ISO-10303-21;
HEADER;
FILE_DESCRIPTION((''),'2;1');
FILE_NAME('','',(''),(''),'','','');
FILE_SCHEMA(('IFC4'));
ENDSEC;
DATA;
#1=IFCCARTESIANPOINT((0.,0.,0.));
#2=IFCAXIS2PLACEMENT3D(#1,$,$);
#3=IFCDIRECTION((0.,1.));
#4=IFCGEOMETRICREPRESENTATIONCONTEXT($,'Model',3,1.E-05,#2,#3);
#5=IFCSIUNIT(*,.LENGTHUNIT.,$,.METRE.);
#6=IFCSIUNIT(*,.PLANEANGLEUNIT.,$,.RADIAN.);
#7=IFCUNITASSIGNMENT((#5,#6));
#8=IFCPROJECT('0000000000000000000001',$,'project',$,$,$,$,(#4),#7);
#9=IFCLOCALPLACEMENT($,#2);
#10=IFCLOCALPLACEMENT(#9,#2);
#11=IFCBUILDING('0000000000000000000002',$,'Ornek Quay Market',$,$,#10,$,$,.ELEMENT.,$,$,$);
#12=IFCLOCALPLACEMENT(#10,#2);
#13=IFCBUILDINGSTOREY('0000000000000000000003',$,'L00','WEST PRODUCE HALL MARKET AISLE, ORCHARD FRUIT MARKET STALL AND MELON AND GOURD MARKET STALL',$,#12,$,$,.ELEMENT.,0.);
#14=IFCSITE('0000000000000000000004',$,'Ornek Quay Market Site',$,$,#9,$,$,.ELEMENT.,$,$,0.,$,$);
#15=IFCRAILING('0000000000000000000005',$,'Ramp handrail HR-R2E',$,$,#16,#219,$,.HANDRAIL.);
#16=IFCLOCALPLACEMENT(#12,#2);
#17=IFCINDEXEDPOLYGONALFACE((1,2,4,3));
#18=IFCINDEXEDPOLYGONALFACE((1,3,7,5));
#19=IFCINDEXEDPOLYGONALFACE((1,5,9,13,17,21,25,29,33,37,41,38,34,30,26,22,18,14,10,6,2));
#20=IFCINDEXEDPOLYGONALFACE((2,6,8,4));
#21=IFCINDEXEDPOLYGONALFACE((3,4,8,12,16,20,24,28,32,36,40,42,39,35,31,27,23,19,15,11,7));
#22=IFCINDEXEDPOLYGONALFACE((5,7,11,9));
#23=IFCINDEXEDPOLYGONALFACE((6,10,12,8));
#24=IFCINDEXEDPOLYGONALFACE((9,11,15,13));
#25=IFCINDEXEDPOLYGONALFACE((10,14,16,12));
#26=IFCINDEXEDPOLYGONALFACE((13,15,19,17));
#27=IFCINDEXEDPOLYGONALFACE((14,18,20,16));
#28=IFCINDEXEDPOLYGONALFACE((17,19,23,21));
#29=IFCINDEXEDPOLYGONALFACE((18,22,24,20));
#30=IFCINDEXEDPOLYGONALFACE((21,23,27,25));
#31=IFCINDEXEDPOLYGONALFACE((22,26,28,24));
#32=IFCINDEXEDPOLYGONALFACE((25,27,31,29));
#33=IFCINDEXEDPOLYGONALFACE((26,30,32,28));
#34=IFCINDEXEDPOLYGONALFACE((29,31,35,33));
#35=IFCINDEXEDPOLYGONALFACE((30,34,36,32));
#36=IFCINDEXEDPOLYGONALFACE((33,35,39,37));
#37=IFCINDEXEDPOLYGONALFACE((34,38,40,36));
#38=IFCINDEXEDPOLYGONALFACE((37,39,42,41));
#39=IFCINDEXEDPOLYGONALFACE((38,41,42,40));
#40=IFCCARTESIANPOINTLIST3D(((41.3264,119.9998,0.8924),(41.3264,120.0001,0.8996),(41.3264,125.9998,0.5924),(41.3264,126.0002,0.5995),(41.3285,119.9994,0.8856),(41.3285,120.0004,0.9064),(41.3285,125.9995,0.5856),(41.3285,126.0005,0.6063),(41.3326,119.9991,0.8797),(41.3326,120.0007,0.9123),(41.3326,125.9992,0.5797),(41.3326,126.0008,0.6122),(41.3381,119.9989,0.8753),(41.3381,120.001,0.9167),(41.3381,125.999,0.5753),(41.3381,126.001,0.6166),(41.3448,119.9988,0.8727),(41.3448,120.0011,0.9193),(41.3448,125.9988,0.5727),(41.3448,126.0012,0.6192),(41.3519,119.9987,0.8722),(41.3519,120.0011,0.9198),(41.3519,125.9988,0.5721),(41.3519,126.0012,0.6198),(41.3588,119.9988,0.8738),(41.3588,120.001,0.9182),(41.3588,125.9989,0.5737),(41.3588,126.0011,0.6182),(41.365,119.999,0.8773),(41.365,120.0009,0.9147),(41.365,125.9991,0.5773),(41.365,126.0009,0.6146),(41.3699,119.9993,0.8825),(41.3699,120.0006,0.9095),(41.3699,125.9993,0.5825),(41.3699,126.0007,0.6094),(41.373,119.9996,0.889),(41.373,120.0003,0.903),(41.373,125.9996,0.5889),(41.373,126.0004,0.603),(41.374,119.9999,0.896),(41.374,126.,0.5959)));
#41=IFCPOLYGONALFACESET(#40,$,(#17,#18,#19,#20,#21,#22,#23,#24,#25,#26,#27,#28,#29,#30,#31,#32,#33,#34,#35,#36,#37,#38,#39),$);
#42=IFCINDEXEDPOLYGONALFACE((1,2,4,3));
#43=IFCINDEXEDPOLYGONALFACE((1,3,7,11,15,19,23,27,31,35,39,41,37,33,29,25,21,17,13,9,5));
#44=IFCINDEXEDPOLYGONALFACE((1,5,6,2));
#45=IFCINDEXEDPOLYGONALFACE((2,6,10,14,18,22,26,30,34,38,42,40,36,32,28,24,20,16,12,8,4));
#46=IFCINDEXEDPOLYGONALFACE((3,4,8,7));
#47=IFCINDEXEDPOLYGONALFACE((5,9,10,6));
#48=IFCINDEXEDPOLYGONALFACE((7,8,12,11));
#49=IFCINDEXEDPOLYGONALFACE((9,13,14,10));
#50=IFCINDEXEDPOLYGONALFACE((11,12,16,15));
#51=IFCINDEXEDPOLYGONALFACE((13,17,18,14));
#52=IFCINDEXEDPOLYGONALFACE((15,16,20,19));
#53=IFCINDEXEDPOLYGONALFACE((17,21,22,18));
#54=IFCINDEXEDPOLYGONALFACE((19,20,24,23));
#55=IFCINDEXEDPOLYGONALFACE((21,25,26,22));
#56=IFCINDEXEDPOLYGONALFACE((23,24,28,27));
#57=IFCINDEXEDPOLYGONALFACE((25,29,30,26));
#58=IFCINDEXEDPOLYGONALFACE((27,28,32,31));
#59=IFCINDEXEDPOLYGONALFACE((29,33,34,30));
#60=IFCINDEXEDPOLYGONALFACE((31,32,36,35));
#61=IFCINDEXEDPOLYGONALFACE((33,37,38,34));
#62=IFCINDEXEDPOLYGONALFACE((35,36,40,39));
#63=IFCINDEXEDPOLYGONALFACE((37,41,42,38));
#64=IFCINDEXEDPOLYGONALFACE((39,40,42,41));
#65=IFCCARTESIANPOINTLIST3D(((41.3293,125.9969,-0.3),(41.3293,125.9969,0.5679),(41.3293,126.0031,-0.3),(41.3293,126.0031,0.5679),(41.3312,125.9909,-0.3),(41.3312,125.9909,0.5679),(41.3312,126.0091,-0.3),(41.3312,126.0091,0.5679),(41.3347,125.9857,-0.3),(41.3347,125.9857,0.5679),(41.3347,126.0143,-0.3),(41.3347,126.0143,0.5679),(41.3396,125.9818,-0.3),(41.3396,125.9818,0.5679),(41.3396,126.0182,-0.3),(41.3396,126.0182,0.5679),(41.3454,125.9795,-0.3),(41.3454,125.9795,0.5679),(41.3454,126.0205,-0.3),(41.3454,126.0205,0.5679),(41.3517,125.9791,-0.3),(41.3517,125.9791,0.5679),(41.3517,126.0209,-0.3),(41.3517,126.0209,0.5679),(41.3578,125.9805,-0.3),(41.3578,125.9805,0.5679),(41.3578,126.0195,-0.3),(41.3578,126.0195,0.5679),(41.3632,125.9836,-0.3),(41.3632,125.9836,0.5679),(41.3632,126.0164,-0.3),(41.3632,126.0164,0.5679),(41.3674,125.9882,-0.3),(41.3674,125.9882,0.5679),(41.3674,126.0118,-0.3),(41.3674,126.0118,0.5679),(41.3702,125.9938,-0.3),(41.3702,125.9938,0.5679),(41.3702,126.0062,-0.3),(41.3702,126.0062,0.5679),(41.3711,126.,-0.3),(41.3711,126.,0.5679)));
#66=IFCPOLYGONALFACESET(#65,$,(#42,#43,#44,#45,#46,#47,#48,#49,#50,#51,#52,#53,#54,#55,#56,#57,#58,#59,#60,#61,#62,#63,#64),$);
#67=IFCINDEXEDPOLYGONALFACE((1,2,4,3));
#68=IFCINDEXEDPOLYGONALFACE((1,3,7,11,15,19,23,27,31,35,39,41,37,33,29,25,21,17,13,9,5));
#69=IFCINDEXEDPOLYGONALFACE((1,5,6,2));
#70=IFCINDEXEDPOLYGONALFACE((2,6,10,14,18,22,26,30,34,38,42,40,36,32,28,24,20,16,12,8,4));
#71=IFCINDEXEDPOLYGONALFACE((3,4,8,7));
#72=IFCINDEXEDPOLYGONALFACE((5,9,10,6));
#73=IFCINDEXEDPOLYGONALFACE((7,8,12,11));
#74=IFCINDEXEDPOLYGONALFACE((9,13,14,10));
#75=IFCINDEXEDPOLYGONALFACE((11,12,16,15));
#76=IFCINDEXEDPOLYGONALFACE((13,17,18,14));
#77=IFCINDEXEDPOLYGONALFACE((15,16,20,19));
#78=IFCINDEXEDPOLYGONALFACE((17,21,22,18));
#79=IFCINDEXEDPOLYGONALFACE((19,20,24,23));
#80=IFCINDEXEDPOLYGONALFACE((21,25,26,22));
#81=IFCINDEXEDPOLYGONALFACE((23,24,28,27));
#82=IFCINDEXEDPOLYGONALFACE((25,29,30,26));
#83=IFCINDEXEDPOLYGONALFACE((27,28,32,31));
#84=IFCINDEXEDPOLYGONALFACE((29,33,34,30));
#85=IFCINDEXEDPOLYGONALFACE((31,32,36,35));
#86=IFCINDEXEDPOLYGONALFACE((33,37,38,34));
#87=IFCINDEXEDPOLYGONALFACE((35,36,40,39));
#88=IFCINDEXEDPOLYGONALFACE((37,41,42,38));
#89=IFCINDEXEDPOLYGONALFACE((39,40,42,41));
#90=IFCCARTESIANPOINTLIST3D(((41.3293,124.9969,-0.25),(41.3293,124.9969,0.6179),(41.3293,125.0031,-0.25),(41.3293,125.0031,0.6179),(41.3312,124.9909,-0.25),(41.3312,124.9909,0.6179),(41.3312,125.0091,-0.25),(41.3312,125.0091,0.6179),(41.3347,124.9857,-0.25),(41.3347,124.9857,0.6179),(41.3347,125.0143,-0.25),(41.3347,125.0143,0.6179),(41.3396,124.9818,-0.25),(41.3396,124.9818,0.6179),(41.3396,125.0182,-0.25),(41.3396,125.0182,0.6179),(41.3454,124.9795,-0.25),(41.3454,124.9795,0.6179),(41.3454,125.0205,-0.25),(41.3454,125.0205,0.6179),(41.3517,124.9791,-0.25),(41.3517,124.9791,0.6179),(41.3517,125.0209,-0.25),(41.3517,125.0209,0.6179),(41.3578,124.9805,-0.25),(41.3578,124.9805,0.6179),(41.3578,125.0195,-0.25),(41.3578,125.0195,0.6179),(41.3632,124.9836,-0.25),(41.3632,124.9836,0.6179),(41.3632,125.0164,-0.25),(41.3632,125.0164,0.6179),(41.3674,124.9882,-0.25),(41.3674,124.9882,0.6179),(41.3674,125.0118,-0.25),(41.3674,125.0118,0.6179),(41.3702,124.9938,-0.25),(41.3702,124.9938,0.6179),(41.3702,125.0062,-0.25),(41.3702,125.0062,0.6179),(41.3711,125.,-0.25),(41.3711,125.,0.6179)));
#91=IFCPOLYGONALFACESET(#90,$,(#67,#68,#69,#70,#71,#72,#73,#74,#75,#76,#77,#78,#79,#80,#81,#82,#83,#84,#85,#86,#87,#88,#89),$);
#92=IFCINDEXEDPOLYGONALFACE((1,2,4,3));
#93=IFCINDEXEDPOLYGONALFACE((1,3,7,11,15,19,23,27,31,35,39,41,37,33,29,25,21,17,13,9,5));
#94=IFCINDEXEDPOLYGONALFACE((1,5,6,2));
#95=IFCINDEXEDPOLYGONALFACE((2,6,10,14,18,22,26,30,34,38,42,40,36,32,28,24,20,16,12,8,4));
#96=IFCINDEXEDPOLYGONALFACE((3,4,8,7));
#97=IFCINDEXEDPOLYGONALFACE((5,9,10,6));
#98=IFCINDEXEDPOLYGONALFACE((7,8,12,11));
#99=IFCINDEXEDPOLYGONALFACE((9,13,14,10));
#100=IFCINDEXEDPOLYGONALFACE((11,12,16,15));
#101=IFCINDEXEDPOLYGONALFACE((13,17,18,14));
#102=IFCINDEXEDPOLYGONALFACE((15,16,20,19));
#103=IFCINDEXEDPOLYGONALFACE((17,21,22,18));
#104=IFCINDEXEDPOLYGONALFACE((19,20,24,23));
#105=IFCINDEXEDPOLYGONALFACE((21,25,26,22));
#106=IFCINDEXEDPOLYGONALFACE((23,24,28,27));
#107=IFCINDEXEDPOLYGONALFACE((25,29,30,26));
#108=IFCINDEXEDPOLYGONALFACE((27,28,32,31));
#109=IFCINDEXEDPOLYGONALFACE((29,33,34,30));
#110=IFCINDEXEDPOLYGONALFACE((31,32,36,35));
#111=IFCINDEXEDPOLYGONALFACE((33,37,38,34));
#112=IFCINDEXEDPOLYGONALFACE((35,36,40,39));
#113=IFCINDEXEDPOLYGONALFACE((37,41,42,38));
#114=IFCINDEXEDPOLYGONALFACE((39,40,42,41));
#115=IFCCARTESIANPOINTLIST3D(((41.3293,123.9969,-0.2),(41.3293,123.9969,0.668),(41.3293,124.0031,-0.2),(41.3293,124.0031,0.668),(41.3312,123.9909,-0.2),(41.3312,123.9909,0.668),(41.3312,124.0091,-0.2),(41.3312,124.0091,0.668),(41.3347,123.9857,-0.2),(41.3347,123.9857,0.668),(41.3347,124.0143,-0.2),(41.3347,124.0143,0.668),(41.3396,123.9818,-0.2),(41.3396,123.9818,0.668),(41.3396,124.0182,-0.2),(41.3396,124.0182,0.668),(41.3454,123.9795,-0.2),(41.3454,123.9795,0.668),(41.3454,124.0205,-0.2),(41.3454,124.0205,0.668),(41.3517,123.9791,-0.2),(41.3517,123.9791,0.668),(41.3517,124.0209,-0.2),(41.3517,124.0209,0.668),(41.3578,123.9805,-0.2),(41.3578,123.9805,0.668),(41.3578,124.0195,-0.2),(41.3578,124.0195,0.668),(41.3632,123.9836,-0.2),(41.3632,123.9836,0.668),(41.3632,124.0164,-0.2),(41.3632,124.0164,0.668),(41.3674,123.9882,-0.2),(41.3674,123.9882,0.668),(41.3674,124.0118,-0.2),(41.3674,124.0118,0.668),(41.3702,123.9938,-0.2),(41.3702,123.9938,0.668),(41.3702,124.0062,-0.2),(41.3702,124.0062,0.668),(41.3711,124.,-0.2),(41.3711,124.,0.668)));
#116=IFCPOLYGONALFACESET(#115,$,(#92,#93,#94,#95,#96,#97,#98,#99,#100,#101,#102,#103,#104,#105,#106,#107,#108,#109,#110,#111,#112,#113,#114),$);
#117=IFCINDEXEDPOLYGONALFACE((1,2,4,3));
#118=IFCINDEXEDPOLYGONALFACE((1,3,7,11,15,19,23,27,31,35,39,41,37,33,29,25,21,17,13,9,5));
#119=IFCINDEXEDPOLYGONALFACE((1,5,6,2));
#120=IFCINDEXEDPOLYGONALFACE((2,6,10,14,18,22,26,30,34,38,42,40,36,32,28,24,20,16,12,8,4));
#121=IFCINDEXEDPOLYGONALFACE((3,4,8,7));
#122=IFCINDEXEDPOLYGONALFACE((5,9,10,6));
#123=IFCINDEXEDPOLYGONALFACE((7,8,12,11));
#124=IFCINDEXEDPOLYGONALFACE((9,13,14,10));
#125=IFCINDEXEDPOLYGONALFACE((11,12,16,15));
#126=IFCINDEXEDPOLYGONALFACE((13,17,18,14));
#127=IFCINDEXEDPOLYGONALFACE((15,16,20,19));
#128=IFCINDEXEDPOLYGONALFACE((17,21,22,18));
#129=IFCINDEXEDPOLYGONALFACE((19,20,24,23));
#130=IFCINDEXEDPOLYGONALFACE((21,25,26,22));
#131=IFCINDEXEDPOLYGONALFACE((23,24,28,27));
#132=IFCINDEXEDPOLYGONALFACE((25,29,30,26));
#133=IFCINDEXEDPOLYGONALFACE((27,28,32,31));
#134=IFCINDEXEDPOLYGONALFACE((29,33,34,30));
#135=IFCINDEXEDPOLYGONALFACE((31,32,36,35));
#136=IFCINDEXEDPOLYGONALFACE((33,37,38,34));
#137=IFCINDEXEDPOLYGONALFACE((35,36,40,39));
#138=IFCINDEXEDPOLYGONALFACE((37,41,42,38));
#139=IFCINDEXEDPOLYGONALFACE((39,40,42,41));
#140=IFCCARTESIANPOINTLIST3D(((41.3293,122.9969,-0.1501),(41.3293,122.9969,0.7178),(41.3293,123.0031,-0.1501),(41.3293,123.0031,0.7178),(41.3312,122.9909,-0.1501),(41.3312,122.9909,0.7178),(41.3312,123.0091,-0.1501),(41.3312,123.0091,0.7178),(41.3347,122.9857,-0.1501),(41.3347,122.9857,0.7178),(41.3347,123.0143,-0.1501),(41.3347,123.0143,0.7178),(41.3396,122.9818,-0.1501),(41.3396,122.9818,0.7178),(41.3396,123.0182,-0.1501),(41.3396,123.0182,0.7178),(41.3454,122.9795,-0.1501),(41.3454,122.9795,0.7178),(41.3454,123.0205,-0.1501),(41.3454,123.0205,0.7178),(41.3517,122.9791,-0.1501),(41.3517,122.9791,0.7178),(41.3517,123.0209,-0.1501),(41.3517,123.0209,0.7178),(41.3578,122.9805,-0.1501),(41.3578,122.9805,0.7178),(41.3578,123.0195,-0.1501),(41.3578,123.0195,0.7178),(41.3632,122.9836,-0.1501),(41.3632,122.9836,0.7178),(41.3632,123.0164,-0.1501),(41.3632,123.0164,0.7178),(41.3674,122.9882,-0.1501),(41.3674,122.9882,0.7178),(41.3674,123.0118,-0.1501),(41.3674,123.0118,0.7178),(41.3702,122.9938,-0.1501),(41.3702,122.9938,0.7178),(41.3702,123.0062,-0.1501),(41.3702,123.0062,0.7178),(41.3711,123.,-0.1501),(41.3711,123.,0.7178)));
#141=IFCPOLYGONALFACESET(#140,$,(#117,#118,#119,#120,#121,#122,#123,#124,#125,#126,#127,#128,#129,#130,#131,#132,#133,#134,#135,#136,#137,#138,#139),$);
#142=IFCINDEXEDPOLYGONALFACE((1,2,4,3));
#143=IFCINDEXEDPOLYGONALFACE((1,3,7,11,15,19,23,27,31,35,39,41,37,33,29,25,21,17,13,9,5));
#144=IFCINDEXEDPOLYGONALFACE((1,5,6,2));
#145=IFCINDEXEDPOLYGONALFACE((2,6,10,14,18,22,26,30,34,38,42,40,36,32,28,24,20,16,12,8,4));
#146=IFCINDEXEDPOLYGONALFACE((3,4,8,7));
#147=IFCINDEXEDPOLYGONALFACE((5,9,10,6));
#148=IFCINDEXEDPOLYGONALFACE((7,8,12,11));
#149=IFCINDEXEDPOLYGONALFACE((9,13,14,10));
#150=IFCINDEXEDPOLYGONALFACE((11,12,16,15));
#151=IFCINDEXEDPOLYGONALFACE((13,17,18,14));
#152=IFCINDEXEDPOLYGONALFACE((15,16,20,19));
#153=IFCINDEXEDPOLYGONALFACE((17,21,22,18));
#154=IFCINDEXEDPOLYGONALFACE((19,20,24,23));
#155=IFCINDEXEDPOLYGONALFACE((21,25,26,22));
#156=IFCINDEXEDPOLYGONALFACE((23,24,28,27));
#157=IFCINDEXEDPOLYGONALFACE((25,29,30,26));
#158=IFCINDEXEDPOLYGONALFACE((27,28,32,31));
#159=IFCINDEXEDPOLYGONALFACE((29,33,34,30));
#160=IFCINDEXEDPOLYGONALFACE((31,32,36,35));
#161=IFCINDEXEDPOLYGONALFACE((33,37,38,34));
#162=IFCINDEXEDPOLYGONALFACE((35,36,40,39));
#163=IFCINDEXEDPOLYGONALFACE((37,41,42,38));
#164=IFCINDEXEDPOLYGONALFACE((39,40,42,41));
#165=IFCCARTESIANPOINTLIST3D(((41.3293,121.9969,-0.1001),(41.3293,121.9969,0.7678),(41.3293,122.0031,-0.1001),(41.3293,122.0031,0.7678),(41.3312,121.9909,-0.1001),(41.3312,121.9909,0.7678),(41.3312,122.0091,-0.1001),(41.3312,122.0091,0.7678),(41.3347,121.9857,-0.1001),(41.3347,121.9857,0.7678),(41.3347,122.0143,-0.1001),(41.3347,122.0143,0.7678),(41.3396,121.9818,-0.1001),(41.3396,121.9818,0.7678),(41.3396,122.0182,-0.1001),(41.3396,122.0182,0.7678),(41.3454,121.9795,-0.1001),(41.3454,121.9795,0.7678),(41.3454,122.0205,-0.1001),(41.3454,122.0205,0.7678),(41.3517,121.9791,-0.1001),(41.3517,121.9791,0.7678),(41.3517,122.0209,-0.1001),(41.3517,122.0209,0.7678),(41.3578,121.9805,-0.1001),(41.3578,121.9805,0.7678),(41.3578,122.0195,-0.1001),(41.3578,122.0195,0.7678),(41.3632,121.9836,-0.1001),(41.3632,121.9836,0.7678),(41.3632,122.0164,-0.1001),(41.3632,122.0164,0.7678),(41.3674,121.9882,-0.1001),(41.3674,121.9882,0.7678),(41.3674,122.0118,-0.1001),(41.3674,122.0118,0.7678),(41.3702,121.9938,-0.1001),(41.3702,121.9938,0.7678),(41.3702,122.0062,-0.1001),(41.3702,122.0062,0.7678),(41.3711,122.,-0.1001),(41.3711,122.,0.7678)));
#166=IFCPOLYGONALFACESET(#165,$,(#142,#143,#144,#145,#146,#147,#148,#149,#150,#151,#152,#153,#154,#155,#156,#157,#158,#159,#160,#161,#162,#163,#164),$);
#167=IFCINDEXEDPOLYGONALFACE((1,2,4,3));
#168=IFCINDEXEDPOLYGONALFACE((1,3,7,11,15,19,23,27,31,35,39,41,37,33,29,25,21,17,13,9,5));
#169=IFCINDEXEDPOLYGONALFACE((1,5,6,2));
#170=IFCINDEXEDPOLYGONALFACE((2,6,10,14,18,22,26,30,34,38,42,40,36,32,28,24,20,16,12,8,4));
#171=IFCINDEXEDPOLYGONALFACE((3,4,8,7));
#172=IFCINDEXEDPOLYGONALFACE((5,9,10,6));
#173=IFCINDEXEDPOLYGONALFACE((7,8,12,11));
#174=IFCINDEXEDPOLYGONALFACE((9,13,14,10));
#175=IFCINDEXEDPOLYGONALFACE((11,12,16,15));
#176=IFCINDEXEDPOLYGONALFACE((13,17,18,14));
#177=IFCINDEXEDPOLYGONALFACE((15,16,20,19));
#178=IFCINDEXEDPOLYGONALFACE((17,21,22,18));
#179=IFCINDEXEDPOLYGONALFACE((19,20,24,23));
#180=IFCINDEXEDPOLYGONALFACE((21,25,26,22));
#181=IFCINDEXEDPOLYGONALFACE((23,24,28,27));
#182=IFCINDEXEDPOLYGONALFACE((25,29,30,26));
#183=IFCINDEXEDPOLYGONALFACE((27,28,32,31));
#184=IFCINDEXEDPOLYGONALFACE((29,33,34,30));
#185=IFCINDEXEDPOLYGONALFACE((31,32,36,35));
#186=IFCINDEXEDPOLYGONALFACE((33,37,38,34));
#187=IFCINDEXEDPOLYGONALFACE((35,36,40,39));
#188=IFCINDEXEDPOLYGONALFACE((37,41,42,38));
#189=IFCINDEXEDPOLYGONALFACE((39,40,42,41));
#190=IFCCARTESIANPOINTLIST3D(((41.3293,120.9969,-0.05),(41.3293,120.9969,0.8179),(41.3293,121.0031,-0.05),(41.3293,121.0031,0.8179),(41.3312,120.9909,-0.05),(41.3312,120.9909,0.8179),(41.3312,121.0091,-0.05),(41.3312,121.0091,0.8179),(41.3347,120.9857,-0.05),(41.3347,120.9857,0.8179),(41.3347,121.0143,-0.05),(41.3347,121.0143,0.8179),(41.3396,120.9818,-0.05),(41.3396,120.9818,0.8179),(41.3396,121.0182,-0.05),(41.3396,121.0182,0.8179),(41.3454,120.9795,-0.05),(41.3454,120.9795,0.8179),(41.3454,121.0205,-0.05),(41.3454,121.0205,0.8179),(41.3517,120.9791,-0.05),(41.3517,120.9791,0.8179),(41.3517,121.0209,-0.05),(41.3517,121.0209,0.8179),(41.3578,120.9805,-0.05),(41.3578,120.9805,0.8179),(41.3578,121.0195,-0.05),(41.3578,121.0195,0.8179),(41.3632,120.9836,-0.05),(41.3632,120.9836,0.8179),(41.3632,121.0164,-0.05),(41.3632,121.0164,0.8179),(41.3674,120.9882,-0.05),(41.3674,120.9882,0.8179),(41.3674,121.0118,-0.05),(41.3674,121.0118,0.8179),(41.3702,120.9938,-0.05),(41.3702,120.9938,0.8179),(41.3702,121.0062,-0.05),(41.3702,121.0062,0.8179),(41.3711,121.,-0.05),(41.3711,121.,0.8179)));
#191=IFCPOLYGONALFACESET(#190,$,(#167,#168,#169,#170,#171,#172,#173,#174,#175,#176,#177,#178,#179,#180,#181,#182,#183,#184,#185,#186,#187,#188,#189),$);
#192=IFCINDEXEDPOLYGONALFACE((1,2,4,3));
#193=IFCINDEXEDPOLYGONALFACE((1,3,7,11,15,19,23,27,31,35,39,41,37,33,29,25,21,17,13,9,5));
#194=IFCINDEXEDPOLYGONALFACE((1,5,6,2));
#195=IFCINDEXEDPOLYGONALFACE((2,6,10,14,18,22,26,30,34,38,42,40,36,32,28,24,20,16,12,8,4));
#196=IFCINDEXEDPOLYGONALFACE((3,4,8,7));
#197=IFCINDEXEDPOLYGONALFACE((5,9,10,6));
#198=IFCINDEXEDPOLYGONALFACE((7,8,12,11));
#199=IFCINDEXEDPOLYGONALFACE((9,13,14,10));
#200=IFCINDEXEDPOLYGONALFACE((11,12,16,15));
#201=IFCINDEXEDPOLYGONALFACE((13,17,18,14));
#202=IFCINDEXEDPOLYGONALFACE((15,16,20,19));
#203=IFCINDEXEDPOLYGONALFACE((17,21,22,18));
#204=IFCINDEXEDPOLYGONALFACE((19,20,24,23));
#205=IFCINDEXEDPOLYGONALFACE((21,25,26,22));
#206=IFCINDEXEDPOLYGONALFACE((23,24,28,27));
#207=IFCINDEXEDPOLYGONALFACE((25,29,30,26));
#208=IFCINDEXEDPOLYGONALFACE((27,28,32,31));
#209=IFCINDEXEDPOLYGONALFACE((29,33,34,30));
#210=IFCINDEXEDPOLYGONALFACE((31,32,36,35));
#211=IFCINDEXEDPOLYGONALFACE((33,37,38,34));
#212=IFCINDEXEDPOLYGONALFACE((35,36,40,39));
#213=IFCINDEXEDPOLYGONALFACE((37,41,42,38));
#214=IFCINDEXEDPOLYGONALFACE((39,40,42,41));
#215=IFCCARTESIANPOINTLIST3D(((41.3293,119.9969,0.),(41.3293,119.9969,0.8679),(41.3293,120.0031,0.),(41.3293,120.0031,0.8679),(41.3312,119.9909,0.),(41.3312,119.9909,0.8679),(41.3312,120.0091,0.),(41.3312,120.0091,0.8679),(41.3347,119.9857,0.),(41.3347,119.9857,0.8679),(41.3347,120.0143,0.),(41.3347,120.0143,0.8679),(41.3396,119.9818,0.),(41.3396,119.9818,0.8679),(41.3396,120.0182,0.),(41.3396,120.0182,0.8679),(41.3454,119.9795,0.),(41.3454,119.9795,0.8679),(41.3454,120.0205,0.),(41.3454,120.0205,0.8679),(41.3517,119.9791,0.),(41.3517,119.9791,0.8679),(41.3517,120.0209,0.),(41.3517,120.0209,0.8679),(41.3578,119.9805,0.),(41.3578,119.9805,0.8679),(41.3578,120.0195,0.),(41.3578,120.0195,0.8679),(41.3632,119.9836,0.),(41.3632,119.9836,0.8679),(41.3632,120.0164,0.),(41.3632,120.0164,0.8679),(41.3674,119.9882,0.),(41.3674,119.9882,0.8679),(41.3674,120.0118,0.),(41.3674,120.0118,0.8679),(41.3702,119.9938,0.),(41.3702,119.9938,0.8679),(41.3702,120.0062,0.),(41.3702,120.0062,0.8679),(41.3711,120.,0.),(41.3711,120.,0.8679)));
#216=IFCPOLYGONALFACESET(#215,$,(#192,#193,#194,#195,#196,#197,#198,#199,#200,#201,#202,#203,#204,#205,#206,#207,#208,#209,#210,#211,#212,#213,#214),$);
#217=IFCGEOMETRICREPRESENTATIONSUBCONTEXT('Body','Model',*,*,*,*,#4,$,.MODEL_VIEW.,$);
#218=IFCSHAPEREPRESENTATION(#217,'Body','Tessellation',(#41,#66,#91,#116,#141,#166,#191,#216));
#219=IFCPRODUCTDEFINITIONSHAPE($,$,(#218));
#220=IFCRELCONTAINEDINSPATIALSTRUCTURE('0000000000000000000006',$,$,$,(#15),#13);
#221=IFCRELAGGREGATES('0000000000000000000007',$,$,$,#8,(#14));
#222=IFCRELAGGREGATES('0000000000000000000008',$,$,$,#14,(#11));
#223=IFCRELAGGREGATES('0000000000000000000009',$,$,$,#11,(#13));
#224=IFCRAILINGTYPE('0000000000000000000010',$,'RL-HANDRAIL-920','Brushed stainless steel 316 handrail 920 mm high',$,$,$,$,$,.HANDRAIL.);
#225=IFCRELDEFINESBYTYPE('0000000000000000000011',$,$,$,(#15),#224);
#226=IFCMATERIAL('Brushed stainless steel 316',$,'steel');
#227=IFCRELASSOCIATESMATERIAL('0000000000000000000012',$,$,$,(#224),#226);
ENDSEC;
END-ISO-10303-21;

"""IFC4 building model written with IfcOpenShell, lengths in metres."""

from ifc_helpers import new_model, si_unit, direction, frame, origin, origin_2d, place, context, subcontext, project, spatial, circle, extrude, material, type_object, element, save


model = new_model("IFC4")

# Units and contexts
model_context = context("Model", 3, precision=1e-05, world=origin(), true_north=direction((0.0, 1.0)))
body_context = subcontext(model_context, "Body", "Model", "MODEL_VIEW")
ifc_project = project(units=[si_unit("LENGTHUNIT", "METRE"), si_unit("PLANEANGLEUNIT", "RADIAN")], contexts=[model_context])

# Site, building, storey
site_placement = place(None, origin())
site = spatial("IfcSite", under=ifc_project, at=site_placement, Name="Ornek Quay Market Site", CompositionType="ELEMENT", RefElevation=0.0)
building_placement = place(site_placement, origin())
building = spatial("IfcBuilding", under=site, at=building_placement, Name="Ornek Quay Market", CompositionType="ELEMENT")
storey_placement = place(building_placement, origin())
storey = spatial("IfcBuildingStorey", under=building, at=storey_placement, Name="L00", Description="WEST PRODUCE HALL MARKET AISLE, ORCHARD FRUIT MARKET STALL AND MELON AND GOURD MARKET STALL", CompositionType="ELEMENT", Elevation=0.0)

# Railing
ifc_material_1 = material(Name="Brushed stainless steel 316", Category="steel")
railing_type = type_object("IfcRailingType", Name="RL-HANDRAIL-920", Description="Brushed stainless steel 316 handrail 920 mm high", PredefinedType="HANDRAIL", material=ifc_material_1)
for number, where, name in (
    (1, (41.3501, 126.0, -0.3), "Ramp handrail HR-R2E"),
):
    element("IfcRailing", number, at=place(storey_placement, frame(where)), inside=storey, type_object=railing_type, Name=name, PredefinedType="HANDRAIL", context=body_context, shape_type="SweptSolid", body=[
        extrude(circle(Radius=0.0239, at=origin_2d()), frame((0.0, 0.0, 0.896), z_axis=(0.0, -0.998752, 0.049946), x_axis=(1.0, 0.0, 0.0)), (0.0, 0.0, 1.0), 6.0076),
        extrude(circle(Radius=0.021, at=origin_2d()), origin(), (0.0, 0.0, 1.0), 0.8679),
        extrude(circle(Radius=0.021, at=origin_2d()), frame((0.0, -1.0, 0.05)), (0.0, 0.0, 1.0), 0.8679),
        extrude(circle(Radius=0.021, at=origin_2d()), frame((0.0, -2.0, 0.1001)), (0.0, 0.0, 1.0), 0.8679),
        extrude(circle(Radius=0.021, at=origin_2d()), frame((0.0, -3.0, 0.1499)), (0.0, 0.0, 1.0), 0.8679),
        extrude(circle(Radius=0.021, at=origin_2d()), frame((0.0, -4.0, 0.2)), (0.0, 0.0, 1.0), 0.8679),
        extrude(circle(Radius=0.021, at=origin_2d()), frame((0.0, -5.0, 0.25)), (0.0, 0.0, 1.0), 0.8679),
        extrude(circle(Radius=0.021, at=origin_2d()), frame((0.0, -6.0, 0.3)), (0.0, 0.0, 1.0), 0.8679),
    ])

save(model, "model.ifc")
